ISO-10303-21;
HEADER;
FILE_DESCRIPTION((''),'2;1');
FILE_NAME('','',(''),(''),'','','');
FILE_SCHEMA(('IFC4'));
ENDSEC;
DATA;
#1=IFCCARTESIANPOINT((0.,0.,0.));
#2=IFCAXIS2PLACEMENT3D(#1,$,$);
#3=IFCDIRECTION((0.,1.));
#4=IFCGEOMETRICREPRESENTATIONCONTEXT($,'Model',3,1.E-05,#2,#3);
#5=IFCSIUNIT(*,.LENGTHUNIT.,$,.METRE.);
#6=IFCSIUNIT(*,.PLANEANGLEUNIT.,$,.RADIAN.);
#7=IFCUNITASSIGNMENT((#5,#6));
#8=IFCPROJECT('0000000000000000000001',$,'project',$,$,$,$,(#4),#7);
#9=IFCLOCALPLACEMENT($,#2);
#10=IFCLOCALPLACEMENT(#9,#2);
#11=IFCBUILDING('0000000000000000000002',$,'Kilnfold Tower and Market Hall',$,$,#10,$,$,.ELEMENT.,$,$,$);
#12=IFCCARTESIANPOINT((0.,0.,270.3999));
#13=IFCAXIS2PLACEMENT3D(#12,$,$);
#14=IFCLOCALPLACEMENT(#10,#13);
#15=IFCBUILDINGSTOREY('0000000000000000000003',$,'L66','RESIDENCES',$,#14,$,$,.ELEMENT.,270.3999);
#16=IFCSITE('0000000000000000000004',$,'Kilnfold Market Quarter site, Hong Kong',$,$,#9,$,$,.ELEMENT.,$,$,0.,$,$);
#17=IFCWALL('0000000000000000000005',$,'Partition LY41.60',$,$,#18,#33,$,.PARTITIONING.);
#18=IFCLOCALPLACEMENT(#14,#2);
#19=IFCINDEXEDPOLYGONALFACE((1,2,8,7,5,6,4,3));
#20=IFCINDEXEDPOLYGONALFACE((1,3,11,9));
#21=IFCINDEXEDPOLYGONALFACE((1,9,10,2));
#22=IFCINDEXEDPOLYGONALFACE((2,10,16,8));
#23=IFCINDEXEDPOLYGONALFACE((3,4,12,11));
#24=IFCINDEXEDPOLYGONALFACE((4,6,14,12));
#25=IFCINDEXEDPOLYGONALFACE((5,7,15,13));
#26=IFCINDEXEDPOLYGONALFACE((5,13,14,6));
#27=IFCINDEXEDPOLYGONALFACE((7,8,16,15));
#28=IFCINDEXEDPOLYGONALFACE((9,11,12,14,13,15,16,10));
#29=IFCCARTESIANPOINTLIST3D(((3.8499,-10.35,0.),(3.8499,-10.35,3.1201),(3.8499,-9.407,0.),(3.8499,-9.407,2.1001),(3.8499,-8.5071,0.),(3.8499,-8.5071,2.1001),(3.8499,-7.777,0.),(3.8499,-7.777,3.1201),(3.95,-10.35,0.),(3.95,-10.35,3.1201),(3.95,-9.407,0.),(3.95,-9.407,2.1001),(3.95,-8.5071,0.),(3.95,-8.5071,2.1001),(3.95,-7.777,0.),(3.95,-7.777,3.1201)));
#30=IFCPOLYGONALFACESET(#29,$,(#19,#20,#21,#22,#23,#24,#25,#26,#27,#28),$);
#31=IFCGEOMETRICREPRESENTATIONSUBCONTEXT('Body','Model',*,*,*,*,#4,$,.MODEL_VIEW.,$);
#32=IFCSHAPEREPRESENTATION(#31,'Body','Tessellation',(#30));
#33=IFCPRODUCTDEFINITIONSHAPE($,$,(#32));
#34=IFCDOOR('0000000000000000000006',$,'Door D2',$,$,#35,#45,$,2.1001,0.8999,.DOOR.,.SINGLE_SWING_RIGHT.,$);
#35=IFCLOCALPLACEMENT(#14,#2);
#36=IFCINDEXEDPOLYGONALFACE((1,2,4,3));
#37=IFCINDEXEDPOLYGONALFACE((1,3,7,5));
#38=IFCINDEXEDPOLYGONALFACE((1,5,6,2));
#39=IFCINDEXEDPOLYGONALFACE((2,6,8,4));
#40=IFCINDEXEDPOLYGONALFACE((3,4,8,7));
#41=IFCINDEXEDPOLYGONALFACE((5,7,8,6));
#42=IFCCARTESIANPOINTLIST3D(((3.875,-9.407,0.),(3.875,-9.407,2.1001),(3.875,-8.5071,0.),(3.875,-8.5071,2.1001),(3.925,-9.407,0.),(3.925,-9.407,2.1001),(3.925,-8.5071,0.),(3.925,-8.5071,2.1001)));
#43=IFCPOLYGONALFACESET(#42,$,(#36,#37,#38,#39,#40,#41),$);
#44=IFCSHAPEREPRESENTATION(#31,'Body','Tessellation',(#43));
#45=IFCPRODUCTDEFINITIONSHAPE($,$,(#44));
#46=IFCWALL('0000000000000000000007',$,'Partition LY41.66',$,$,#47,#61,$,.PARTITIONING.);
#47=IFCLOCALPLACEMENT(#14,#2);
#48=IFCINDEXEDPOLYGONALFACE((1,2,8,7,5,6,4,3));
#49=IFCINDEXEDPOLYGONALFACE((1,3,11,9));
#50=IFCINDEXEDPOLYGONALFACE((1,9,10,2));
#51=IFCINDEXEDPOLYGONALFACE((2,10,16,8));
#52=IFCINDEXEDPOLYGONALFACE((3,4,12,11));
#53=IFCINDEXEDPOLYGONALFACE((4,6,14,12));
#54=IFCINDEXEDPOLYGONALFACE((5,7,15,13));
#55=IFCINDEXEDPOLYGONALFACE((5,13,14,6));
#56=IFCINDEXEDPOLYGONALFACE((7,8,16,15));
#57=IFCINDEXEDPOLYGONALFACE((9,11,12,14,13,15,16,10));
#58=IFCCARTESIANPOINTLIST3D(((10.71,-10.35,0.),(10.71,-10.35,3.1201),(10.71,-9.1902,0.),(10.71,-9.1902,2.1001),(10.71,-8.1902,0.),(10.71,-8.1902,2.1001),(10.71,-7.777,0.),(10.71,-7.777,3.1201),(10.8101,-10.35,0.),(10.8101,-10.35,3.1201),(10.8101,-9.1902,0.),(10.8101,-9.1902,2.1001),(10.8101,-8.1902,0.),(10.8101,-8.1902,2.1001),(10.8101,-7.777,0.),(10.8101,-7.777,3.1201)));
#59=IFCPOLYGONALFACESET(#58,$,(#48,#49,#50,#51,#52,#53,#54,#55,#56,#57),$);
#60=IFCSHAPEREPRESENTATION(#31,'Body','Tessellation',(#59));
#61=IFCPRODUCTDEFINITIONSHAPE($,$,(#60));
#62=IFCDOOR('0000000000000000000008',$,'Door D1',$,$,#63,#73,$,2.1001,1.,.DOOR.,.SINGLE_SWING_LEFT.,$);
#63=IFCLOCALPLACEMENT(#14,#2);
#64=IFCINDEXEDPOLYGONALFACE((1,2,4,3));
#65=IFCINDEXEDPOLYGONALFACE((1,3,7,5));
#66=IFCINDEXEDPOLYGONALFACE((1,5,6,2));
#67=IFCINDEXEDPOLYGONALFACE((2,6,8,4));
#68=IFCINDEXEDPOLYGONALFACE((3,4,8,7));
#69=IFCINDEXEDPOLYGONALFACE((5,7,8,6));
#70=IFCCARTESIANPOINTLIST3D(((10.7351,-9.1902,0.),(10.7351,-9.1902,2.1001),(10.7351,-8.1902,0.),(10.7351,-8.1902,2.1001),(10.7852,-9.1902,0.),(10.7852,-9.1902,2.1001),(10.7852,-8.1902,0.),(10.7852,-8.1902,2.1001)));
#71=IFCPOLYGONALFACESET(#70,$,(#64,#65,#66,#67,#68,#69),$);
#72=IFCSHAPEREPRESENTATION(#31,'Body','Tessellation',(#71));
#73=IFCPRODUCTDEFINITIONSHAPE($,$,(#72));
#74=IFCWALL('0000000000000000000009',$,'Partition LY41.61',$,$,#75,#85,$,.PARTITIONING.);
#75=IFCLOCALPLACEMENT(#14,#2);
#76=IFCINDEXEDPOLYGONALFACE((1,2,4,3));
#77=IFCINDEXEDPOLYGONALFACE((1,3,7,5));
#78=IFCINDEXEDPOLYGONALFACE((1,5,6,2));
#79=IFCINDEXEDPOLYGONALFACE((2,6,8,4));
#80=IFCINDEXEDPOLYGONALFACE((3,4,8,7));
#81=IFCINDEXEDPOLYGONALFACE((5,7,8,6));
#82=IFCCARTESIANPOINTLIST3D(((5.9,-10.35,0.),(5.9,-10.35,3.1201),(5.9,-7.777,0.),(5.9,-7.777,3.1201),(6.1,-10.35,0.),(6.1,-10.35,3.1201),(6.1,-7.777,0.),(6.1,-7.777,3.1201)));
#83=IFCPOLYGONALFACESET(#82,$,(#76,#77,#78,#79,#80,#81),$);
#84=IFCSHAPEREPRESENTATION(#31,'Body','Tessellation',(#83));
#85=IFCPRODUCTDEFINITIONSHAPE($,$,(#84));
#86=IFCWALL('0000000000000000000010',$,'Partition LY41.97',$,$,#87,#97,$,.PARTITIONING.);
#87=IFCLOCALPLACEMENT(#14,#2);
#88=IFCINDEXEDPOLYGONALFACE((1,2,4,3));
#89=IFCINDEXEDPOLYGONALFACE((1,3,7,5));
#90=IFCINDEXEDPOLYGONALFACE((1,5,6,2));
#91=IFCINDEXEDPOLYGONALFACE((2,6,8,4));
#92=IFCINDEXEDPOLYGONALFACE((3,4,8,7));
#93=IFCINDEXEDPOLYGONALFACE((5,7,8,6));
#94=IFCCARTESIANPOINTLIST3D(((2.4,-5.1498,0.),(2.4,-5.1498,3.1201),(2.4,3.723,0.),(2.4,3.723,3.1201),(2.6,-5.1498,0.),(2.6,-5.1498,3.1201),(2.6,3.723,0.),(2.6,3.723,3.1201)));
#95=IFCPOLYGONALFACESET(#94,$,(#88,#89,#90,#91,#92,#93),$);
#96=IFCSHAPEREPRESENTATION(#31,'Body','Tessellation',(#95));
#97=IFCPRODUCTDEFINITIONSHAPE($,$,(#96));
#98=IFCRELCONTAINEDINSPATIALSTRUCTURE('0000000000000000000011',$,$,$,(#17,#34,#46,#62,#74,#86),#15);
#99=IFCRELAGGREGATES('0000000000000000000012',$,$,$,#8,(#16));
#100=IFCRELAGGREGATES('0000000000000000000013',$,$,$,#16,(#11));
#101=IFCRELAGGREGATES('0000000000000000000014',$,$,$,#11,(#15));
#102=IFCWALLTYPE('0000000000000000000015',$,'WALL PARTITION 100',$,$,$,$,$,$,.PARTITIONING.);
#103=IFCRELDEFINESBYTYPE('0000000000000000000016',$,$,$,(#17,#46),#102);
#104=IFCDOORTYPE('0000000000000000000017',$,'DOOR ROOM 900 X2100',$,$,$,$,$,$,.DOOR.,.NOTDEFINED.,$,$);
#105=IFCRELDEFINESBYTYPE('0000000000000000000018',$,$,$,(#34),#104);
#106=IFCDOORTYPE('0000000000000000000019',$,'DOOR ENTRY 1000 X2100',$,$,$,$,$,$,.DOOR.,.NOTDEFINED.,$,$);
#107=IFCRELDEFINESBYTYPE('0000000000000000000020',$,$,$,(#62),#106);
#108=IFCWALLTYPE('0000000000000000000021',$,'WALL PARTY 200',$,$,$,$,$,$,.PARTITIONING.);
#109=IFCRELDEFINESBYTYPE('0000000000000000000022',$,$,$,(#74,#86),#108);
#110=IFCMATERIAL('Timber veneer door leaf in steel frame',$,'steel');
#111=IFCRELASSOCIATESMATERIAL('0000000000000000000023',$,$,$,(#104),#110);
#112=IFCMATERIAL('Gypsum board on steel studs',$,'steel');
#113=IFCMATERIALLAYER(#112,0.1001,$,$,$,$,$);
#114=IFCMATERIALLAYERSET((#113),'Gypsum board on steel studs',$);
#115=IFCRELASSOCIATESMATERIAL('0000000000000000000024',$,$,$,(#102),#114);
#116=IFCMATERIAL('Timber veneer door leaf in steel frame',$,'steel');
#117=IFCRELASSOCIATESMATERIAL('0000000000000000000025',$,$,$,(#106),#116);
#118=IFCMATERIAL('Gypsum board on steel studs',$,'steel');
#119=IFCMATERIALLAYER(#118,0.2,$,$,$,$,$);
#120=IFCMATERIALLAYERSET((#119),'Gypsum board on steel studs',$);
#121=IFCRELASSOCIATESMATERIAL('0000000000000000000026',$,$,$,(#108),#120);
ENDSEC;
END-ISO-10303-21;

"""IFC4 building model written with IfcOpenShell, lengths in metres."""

from ifc_helpers import new_model, si_unit, direction, frame, frame_2d, origin, place, context, subcontext, project, spatial, rectangle, extrude, material, layer, layer_set, type_object, element, fill, save


model = new_model("IFC4")

# Units and contexts
model_context = context("Model", 3, precision=1e-05, world=origin(), true_north=direction((0.0, 1.0)))
body_context = subcontext(model_context, "Body", "Model", "MODEL_VIEW")
ifc_project = project(units=[si_unit("LENGTHUNIT", "METRE"), si_unit("PLANEANGLEUNIT", "RADIAN")], contexts=[model_context])

# Site, building, storey
site_placement = place(None, origin())
site = spatial("IfcSite", under=ifc_project, at=site_placement, Name="Kilnfold Market Quarter site, Hong Kong", CompositionType="ELEMENT", RefElevation=0.0)
building_placement = place(site_placement, origin())
building = spatial("IfcBuilding", under=site, at=building_placement, Name="Kilnfold Tower and Market Hall", CompositionType="ELEMENT")
storey_placement = place(building_placement, frame((0.0, 0.0, 270.3999)))
storey = spatial("IfcBuildingStorey", under=building, at=storey_placement, Name="L66", Description="RESIDENCES", CompositionType="ELEMENT", Elevation=270.3999)

# Walls, openings, doors
ifc_material_1 = material(Name="Timber veneer door leaf in steel frame", Category="steel")
door_type_1 = type_object("IfcDoorType", Name="DOOR ROOM 900 X2100", OperationType="NOTDEFINED", PredefinedType="DOOR", material=ifc_material_1)
ifc_material_2 = material(Name="Gypsum board on steel studs", Category="steel")
ifc_layer_1 = layer(ifc_material_2, 0.1001)
ifc_layer_set_1 = layer_set([ifc_layer_1], Name="Gypsum board on steel studs")
wall_type_1 = type_object("IfcWallType", Name="WALL PARTITION 100", PredefinedType="PARTITIONING", material=ifc_layer_set_1)
wall_1_placement = place(storey_placement, frame((3.8999, -10.3501, 0.0), z_axis=(0.0, 0.0, 1.0), x_axis=(0.0, 1.0, 0.0)))
wall_1 = element("IfcWall", 1, at=wall_1_placement, inside=storey, type_object=wall_type_1, Name="Partition LY41.60", PredefinedType="PARTITIONING", context=body_context, shape_type="SweptSolid", body=[
    extrude(rectangle(XDim=2.573, YDim=0.1001, at=frame_2d((1.2866, 0.0))), origin(), (0.0, 0.0, 1.0), 3.1201),
])
opening_1_placement = place(wall_1_placement, frame((0.9431, 0.0, 0.0)))
opening_1 = element("IfcOpeningElement", 2, at=opening_1_placement, cuts=wall_1, PredefinedType="OPENING", context=body_context, shape_type="SweptSolid", body=[
    extrude(rectangle(XDim=0.8999, YDim=2.1001, at=frame_2d((0.45, 1.05))), frame((0.0, 0.0601, 0.0), z_axis=(0.0, -1.0, 0.0), x_axis=(1.0, 0.0, 0.0)), (0.0, 0.0, 1.0), 0.1201),
])
door_1_placement = place(opening_1_placement, origin())
door_1 = element("IfcDoor", 3, at=door_1_placement, inside=storey, type_object=door_type_1, Name="Door D2", OperationType="SINGLE_SWING_RIGHT", OverallHeight=2.1001, OverallWidth=0.8999, PredefinedType="DOOR", context=body_context, shape_type="SweptSolid", body=[
    extrude(rectangle(XDim=0.8999, YDim=2.1001, at=frame_2d((0.45, 1.05))), frame((0.0, 0.0249, 0.0), z_axis=(0.0, -1.0, 0.0), x_axis=(1.0, 0.0, 0.0)), (0.0, 0.0, 1.0), 0.05),
])
fill(opening_1, door_1)
wall_2_placement = place(storey_placement, frame((10.76, -10.3501, 0.0), z_axis=(0.0, 0.0, 1.0), x_axis=(0.0, 1.0, 0.0)))
wall_2 = element("IfcWall", 4, at=wall_2_placement, inside=storey, type_object=wall_type_1, Name="Partition LY41.66", PredefinedType="PARTITIONING", context=body_context, shape_type="SweptSolid", body=[
    extrude(rectangle(XDim=2.573, YDim=0.1001, at=frame_2d((1.2866, 0.0))), origin(), (0.0, 0.0, 1.0), 3.1201),
])
opening_2_placement = place(wall_2_placement, frame((1.1599, 0.0, 0.0)))
opening_2 = element("IfcOpeningElement", 5, at=opening_2_placement, cuts=wall_2, PredefinedType="OPENING", context=body_context, shape_type="SweptSolid", body=[
    extrude(rectangle(XDim=1.0, YDim=2.1001, at=frame_2d((0.5, 1.05))), frame((0.0, 0.0601, 0.0), z_axis=(0.0, -1.0, 0.0), x_axis=(1.0, 0.0, 0.0)), (0.0, 0.0, 1.0), 0.1201),
])
ifc_material_3 = material(Name="Timber veneer door leaf in steel frame", Category="steel")
door_type_2 = type_object("IfcDoorType", Name="DOOR ENTRY 1000 X2100", OperationType="NOTDEFINED", PredefinedType="DOOR", material=ifc_material_3)
door_2_placement = place(opening_2_placement, origin())
door_2 = element("IfcDoor", 6, at=door_2_placement, inside=storey, type_object=door_type_2, Name="Door D1", OperationType="SINGLE_SWING_LEFT", OverallHeight=2.1001, OverallWidth=1.0, PredefinedType="DOOR", context=body_context, shape_type="SweptSolid", body=[
    extrude(rectangle(XDim=1.0, YDim=2.1001, at=frame_2d((0.5, 1.05))), frame((0.0, 0.0249, 0.0), z_axis=(0.0, -1.0, 0.0), x_axis=(1.0, 0.0, 0.0)), (0.0, 0.0, 1.0), 0.05),
])
fill(opening_2, door_2)

# Walls
ifc_material_4 = material(Name="Gypsum board on steel studs", Category="steel")
ifc_layer_2 = layer(ifc_material_4, 0.2)
ifc_layer_set_2 = layer_set([ifc_layer_2], Name="Gypsum board on steel studs")
wall_type_2 = type_object("IfcWallType", Name="WALL PARTY 200", PredefinedType="PARTITIONING", material=ifc_layer_set_2)
wall_3_placement = place(storey_placement, frame((6.0, -10.3501, 0.0), z_axis=(0.0, 0.0, 1.0), x_axis=(0.0, 1.0, 0.0)))
element("IfcWall", 7, at=wall_3_placement, inside=storey, type_object=wall_type_2, Name="Partition LY41.61", PredefinedType="PARTITIONING", context=body_context, shape_type="SweptSolid", body=[
    extrude(rectangle(XDim=2.573, YDim=0.2, at=frame_2d((1.2866, 0.0))), origin(), (0.0, 0.0, 1.0), 3.1201),
])
wall_4_placement = place(storey_placement, frame((2.5, -5.1499, 0.0), z_axis=(0.0, 0.0, 1.0), x_axis=(0.0, 1.0, 0.0)))
element("IfcWall", 8, at=wall_4_placement, inside=storey, type_object=wall_type_2, Name="Partition LY41.97", PredefinedType="PARTITIONING", context=body_context, shape_type="SweptSolid", body=[
    extrude(rectangle(XDim=8.8728, YDim=0.2, at=frame_2d((4.4365, 0.0))), origin(), (0.0, 0.0, 1.0), 3.1201),
])

save(model, "model.ifc")
